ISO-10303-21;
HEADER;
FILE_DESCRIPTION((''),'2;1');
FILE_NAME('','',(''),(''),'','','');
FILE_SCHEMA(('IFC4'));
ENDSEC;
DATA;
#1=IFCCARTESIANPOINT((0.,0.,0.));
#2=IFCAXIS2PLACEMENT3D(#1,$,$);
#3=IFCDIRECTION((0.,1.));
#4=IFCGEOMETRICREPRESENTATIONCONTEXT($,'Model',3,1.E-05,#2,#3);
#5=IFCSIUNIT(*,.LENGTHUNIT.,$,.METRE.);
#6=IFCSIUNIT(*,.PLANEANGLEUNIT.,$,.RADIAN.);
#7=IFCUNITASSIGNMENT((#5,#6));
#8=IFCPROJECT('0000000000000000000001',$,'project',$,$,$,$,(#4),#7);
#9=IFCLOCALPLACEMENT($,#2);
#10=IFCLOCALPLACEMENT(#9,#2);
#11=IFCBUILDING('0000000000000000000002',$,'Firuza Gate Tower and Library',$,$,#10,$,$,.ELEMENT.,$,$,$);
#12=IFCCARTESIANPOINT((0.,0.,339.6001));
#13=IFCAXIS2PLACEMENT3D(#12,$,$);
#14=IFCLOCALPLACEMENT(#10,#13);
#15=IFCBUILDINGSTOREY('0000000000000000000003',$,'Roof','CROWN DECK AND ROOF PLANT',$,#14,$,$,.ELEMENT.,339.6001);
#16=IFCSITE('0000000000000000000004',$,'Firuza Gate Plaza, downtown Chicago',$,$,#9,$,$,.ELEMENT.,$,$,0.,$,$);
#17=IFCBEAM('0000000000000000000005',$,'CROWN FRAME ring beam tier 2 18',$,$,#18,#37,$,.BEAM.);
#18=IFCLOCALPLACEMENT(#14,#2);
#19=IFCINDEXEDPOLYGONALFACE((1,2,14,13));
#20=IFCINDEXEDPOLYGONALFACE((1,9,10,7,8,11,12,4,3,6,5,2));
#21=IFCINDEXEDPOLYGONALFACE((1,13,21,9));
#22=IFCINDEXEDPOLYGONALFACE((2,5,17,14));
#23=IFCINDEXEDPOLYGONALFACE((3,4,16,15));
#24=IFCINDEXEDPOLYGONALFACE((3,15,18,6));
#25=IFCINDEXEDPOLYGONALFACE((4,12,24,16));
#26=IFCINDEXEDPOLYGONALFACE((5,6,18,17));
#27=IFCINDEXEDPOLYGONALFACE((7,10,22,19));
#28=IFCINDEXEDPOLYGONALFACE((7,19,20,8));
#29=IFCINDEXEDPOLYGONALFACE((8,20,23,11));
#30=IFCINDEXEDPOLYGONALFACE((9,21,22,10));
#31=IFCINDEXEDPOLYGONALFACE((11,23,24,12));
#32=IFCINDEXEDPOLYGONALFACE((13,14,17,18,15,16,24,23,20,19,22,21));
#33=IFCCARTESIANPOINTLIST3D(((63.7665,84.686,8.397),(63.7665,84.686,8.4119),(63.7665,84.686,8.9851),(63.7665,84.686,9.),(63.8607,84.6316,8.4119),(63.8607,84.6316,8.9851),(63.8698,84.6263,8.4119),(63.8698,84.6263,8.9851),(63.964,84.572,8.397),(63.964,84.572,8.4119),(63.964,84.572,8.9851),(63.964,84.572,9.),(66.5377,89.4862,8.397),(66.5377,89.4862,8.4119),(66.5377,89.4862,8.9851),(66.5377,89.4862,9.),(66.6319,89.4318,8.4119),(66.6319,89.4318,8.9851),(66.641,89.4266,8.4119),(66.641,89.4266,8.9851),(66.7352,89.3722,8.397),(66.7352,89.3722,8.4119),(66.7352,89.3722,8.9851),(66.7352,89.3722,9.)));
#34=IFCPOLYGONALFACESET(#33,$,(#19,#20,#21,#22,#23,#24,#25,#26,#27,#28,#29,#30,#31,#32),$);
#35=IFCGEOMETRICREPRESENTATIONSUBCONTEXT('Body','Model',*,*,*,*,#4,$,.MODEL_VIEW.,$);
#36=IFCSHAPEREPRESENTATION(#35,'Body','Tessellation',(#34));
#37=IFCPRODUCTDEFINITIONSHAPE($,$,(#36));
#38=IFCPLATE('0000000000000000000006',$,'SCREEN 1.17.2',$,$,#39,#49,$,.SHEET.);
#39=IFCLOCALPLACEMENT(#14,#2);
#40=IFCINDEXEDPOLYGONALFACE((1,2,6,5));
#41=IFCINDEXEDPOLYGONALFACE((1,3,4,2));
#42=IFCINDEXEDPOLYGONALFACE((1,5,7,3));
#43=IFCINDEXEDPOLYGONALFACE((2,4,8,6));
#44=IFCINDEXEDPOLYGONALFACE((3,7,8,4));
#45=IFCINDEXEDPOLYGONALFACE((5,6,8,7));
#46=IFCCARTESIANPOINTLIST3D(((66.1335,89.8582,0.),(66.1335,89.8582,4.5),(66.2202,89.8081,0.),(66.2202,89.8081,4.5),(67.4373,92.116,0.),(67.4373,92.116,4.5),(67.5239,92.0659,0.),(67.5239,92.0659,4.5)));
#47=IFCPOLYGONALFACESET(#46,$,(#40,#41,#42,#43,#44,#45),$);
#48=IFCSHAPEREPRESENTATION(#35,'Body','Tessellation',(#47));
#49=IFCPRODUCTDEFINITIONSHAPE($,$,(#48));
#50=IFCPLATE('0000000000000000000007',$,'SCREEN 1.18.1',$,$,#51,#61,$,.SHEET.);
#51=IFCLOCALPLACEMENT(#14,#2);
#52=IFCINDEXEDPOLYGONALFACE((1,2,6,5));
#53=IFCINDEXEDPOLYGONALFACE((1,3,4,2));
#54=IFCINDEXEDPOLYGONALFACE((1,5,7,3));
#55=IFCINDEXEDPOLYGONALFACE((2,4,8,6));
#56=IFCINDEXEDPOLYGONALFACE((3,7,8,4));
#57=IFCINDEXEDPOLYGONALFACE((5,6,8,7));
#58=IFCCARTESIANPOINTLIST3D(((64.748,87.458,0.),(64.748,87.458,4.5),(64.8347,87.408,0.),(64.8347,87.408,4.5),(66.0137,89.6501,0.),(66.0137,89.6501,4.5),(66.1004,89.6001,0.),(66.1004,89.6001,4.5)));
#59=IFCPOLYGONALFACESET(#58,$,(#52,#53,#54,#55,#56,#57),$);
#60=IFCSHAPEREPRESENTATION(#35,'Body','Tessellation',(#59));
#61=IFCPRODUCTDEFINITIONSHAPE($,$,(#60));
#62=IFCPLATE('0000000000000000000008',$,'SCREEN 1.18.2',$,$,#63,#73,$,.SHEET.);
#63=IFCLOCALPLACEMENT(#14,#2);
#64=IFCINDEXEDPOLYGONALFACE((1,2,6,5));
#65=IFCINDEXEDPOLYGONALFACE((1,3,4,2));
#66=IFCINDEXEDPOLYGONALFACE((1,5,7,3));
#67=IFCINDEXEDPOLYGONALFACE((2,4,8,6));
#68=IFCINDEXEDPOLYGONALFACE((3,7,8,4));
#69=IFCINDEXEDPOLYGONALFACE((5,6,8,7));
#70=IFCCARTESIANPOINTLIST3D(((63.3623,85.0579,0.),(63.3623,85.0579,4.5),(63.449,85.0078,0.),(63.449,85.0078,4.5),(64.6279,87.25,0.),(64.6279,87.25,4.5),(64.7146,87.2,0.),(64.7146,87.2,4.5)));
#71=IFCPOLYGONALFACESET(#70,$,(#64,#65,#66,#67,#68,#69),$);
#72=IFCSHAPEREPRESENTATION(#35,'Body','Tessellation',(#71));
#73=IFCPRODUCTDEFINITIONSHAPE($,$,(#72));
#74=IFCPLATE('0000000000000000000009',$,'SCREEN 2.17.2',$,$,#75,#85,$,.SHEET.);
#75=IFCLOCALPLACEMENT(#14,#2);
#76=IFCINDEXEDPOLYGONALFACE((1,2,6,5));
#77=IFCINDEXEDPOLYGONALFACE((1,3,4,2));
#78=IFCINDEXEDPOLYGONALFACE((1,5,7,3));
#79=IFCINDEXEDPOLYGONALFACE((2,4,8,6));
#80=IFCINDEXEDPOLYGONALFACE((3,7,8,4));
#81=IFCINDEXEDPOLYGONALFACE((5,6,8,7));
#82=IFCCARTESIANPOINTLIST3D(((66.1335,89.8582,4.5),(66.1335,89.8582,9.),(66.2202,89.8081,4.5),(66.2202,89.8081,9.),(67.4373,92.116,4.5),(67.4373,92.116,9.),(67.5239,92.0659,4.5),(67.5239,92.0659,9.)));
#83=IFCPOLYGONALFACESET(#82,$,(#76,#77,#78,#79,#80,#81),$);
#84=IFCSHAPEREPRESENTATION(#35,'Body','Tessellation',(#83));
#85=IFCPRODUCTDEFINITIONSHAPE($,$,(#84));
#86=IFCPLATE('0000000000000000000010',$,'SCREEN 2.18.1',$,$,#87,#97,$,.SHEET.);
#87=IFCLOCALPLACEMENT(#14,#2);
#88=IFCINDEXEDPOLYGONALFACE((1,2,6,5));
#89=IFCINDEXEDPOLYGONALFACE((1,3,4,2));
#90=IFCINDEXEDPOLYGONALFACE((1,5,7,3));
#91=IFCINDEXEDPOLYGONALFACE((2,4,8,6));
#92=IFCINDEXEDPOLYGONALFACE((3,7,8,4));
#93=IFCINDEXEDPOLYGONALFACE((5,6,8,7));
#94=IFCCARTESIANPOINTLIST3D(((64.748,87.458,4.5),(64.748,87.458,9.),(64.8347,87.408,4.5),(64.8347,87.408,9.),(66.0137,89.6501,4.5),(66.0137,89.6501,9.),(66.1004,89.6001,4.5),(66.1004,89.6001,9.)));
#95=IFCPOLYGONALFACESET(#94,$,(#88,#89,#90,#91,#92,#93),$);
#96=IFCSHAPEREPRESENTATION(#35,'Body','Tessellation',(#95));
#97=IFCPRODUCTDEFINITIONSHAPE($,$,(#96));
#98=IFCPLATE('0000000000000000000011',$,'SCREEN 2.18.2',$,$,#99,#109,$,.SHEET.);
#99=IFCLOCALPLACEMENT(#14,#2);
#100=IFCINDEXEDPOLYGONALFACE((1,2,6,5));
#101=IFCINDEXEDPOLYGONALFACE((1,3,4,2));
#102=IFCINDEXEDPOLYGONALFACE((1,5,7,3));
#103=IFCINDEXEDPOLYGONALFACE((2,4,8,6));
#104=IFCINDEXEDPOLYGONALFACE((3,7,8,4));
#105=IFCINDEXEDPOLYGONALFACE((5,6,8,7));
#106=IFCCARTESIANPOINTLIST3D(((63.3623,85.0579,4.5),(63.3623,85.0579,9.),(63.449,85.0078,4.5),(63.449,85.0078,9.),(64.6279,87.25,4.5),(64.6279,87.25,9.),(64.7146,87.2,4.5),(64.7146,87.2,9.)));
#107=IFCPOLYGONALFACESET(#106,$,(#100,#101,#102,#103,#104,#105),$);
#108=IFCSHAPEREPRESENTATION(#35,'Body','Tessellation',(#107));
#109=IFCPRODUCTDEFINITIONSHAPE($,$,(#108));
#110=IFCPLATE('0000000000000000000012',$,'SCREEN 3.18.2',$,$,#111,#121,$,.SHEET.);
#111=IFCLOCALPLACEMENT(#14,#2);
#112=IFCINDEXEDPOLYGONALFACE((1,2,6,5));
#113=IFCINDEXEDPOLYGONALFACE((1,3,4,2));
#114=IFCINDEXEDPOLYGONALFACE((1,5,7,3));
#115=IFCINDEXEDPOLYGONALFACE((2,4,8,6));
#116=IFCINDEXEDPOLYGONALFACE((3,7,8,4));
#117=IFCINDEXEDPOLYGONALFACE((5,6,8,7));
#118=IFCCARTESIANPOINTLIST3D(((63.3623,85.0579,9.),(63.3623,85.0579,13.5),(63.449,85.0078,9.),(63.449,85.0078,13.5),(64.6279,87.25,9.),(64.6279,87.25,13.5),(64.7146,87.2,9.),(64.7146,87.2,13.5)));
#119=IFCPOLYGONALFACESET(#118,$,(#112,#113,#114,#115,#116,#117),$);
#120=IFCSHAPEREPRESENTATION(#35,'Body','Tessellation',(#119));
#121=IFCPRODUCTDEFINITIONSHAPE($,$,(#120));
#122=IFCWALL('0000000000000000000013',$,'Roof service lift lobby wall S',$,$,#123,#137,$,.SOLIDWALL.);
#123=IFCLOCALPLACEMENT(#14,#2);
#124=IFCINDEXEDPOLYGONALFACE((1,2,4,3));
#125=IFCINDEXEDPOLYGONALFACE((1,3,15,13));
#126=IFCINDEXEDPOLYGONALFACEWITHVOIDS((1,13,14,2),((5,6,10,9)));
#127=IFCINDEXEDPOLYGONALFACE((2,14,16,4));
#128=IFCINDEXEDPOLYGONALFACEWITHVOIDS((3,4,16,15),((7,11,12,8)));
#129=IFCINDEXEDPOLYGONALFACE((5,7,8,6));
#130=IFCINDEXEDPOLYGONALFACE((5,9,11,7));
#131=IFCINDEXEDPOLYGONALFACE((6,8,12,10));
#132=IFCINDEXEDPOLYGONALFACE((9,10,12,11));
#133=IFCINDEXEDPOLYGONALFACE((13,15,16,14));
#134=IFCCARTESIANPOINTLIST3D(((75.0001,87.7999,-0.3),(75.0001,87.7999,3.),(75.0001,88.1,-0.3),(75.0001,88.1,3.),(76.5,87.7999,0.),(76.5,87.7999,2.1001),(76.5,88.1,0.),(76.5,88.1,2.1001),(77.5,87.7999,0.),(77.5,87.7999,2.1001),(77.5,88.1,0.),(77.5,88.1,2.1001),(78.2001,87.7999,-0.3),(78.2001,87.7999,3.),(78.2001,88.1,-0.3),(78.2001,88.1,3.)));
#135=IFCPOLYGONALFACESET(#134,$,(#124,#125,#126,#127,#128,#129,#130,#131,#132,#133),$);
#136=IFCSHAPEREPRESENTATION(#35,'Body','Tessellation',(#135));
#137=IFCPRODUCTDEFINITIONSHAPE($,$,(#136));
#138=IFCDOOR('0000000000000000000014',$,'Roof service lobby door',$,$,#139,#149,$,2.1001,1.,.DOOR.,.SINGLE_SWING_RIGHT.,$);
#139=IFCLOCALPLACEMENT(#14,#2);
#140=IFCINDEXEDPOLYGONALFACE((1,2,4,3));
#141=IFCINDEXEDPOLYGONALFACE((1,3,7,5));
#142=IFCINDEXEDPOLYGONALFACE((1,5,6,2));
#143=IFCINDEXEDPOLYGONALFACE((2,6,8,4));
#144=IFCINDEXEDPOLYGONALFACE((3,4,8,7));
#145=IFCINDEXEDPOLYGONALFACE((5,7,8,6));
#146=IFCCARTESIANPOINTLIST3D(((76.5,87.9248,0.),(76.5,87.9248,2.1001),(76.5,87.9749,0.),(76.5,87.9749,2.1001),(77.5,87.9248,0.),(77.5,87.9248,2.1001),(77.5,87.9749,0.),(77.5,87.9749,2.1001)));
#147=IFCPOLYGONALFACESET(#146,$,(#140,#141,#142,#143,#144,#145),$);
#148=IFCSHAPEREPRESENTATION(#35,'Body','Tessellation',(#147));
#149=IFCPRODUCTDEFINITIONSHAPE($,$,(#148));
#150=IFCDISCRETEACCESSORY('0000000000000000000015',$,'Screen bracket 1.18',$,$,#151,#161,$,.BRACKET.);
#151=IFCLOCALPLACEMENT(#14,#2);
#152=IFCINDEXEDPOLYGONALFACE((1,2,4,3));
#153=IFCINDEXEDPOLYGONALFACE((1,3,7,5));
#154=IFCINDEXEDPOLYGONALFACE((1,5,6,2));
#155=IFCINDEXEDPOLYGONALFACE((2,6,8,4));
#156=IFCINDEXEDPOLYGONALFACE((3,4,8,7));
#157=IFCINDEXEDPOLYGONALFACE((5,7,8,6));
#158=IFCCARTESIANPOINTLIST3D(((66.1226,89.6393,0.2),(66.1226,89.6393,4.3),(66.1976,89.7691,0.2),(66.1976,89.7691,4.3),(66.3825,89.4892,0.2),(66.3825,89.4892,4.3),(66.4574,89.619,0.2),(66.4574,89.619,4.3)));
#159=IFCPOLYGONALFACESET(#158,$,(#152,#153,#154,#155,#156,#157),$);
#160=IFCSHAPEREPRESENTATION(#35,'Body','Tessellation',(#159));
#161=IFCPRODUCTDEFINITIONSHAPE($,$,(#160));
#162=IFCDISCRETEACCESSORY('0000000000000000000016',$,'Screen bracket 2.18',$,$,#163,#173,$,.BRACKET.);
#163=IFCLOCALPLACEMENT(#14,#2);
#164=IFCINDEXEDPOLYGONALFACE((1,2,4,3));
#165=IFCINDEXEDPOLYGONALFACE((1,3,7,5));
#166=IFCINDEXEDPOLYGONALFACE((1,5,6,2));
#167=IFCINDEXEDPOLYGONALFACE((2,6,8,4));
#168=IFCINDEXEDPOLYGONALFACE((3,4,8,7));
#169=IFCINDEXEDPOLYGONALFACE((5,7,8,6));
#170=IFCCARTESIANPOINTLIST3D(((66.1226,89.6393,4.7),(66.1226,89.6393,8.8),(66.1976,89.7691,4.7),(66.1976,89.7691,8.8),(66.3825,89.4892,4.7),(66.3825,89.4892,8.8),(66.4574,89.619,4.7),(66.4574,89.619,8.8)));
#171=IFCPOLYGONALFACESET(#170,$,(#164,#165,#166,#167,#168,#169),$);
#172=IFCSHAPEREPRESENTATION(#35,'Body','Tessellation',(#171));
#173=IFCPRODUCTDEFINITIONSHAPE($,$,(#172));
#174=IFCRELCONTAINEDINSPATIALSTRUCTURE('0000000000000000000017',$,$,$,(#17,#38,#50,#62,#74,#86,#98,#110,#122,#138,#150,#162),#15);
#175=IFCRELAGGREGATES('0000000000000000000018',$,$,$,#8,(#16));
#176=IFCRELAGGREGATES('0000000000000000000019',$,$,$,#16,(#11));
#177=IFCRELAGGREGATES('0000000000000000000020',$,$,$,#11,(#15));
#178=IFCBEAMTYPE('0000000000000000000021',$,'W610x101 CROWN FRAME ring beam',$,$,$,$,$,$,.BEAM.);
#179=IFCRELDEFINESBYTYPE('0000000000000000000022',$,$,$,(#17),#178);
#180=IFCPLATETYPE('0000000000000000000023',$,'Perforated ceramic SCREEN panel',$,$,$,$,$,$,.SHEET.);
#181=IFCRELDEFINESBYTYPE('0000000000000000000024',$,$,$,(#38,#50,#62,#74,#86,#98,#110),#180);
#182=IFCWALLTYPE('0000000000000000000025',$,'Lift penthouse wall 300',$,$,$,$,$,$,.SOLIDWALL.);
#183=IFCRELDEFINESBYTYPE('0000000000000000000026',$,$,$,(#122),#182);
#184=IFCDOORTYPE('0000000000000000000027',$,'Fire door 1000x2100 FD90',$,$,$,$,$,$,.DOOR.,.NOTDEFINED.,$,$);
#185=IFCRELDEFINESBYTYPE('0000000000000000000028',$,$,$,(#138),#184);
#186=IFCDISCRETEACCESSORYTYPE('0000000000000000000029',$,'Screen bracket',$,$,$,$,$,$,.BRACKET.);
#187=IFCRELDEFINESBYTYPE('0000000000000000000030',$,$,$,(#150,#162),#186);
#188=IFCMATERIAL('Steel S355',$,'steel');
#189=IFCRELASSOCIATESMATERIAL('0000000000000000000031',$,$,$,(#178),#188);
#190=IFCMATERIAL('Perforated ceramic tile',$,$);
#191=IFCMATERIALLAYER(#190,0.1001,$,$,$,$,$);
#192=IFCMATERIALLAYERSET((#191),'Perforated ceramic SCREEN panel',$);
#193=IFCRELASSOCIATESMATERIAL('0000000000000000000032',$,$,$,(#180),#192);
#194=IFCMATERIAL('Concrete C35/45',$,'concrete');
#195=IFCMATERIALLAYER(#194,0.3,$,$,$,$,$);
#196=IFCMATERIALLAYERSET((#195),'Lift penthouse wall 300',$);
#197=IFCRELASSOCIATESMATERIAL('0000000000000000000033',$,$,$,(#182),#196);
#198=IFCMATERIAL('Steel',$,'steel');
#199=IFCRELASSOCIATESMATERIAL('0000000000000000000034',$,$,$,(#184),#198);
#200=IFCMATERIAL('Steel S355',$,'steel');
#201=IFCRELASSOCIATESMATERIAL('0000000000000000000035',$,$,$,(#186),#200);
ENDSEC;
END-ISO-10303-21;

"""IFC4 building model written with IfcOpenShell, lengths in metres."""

from ifc_helpers import new_model, si_unit, direction, frame, frame_2d, origin, origin_2d, place, context, subcontext, project, spatial, polyline, rectangle, i_section, outline, extrude, material, layer, layer_set, material_profile, profile_set, type_object, element, fill, save


model = new_model("IFC4")

# Units and contexts
model_context = context("Model", 3, precision=1e-05, world=origin(), true_north=direction((0.0, 1.0)))
body_context = subcontext(model_context, "Body", "Model", "MODEL_VIEW")
ifc_project = project(units=[si_unit("LENGTHUNIT", "METRE"), si_unit("PLANEANGLEUNIT", "RADIAN")], contexts=[model_context])

# Site, building, storey
site_placement = place(None, origin())
site = spatial("IfcSite", under=ifc_project, at=site_placement, Name="Firuza Gate Plaza, downtown Chicago", CompositionType="ELEMENT", RefElevation=0.0)
building_placement = place(site_placement, origin())
building = spatial("IfcBuilding", under=site, at=building_placement, Name="Firuza Gate Tower and Library", CompositionType="ELEMENT")
storey_placement = place(building_placement, frame((0.0, 0.0, 339.6001)))
storey = spatial("IfcBuildingStorey", under=building, at=storey_placement, Name="Roof", Description="CROWN DECK AND ROOF PLANT", CompositionType="ELEMENT", Elevation=339.6001)

# Beam
ifc_material_1 = material(Name="Steel S355", Category="steel")
ifc_material_profile_1 = material_profile(ifc_material_1, i_section(OverallWidth=0.228, OverallDepth=0.603, WebThickness=0.0105, FlangeThickness=0.0149, at=origin_2d()))
ifc_profile_set_1 = profile_set([ifc_material_profile_1], Name="Steel S355")
beam_type = type_object("IfcBeamType", Name="W610x101 CROWN FRAME ring beam", PredefinedType="BEAM", material=ifc_profile_set_1)
for number, where, z_axis, x_axis, name in (
    (1, (66.6365, 89.4292, 8.6985), (-0.499972, -0.866042, 0.0), (0.866042, -0.499972, 0.0), "CROWN FRAME ring beam tier 2 18"),
):
    element("IfcBeam", number, at=place(storey_placement, frame(where, z_axis=z_axis, x_axis=x_axis)), inside=storey, type_object=beam_type, Name=name, PredefinedType="BEAM", context=body_context, shape_type="SweptSolid", body=[
        extrude(i_section(OverallWidth=0.228, OverallDepth=0.603, WebThickness=0.0105, FlangeThickness=0.0149, at=origin_2d()), origin(), (0.0, 0.0, 1.0), 5.5427),
    ])

# Plates
ifc_material_2 = material(Name="Perforated ceramic tile")
ifc_layer_1 = layer(ifc_material_2, 0.1001)
ifc_layer_set_1 = layer_set([ifc_layer_1], Name="Perforated ceramic SCREEN panel")
plate_type = type_object("IfcPlateType", Name="Perforated ceramic SCREEN panel", PredefinedType="SHEET", material=ifc_layer_set_1)
plate_1_placement = place(storey_placement, frame((67.4373, 92.116, 0.0), z_axis=(-0.865998, 0.500047, 0.0), x_axis=(-0.500047, -0.865998, 0.0)))
element("IfcPlate", 2, at=plate_1_placement, inside=storey, type_object=plate_type, Name="SCREEN 1.17.2", PredefinedType="SHEET", context=body_context, shape_type="SweptSolid", body=[
    extrude(outline(polyline([(0.0, 0.0), (2.6072, 0.0), (2.6072, 4.5), (0.0, 4.5), (0.0, 0.0)])), origin(), (0.0, 0.0, -1.0), 0.1001),
])
for number, where, z_axis, x_axis, name in (
    (3, (66.0137, 89.6501, 0.0), (-0.866027, 0.499998, 0.0), (-0.499998, -0.866027, 0.0), "SCREEN 1.18.1"),
    (4, (64.6279, 87.25, 0.0), (-0.866027, 0.499998, 0.0), (-0.499998, -0.866027, 0.0), "SCREEN 1.18.2"),
):
    element("IfcPlate", number, at=place(storey_placement, frame(where, z_axis=z_axis, x_axis=x_axis)), inside=storey, type_object=plate_type, Name=name, PredefinedType="SHEET", context=body_context, shape_type="SweptSolid", body=[
        extrude(outline(polyline([(0.0, 0.0), (2.5313, 0.0), (2.5313, 4.5), (0.0, 4.5), (0.0, 0.0)])), origin(), (0.0, 0.0, -1.0), 0.1001),
    ])
plate_2_placement = place(storey_placement, frame((67.4373, 92.116, 4.5), z_axis=(-0.865998, 0.500047, 0.0), x_axis=(-0.500047, -0.865998, 0.0)))
element("IfcPlate", 5, at=plate_2_placement, inside=storey, type_object=plate_type, Name="SCREEN 2.17.2", PredefinedType="SHEET", context=body_context, shape_type="SweptSolid", body=[
    extrude(outline(polyline([(0.0, 0.0), (2.6072, 0.0), (2.6072, 4.5), (0.0, 4.5), (0.0, 0.0)])), origin(), (0.0, 0.0, -1.0), 0.1001),
])
for number, where, z_axis, x_axis, name in (
    (6, (66.0137, 89.6501, 4.5), (-0.866027, 0.499998, 0.0), (-0.499998, -0.866027, 0.0), "SCREEN 2.18.1"),
    (7, (64.6279, 87.25, 4.5), (-0.866027, 0.499998, 0.0), (-0.499998, -0.866027, 0.0), "SCREEN 2.18.2"),
    (8, (64.6279, 87.25, 9.0), (-0.866027, 0.499998, 0.0), (-0.499998, -0.866027, 0.0), "SCREEN 3.18.2"),
):
    element("IfcPlate", number, at=place(storey_placement, frame(where, z_axis=z_axis, x_axis=x_axis)), inside=storey, type_object=plate_type, Name=name, PredefinedType="SHEET", context=body_context, shape_type="SweptSolid", body=[
        extrude(outline(polyline([(0.0, 0.0), (2.5313, 0.0), (2.5313, 4.5), (0.0, 4.5), (0.0, 0.0)])), origin(), (0.0, 0.0, -1.0), 0.1001),
    ])

# Wall, opening, door
ifc_material_3 = material(Name="Concrete C35/45", Category="concrete")
ifc_layer_2 = layer(ifc_material_3, 0.3)
ifc_layer_set_2 = layer_set([ifc_layer_2], Name="Lift penthouse wall 300")
wall_type = type_object("IfcWallType", Name="Lift penthouse wall 300", PredefinedType="SOLIDWALL", material=ifc_layer_set_2)
wall_placement = place(storey_placement, frame((75.0, 87.95, -0.3), z_axis=(0.0, 0.0, 1.0), x_axis=(1.0, 0.0, 0.0)))
wall = element("IfcWall", 9, at=wall_placement, inside=storey, type_object=wall_type, Name="Roof service lift lobby wall S", PredefinedType="SOLIDWALL", context=body_context, shape_type="SweptSolid", body=[
    extrude(rectangle(XDim=3.2, YDim=0.3, at=frame_2d((1.6001, 0.0))), origin(), (0.0, 0.0, 1.0), 3.3),
])
opening_placement = place(wall_placement, frame((1.5, 0.0, 0.3)))
opening = element("IfcOpeningElement", 10, at=opening_placement, cuts=wall, PredefinedType="OPENING", context=body_context, shape_type="SweptSolid", body=[
    extrude(rectangle(XDim=1.0, YDim=2.1001, at=frame_2d((0.5, 1.05))), frame((0.0, 0.1602, 0.0), z_axis=(0.0, -1.0, 0.0), x_axis=(1.0, 0.0, 0.0)), (0.0, 0.0, 1.0), 0.3201),
])
ifc_material_4 = material(Name="Steel", Category="steel")
door_type = type_object("IfcDoorType", Name="Fire door 1000x2100 FD90", OperationType="NOTDEFINED", PredefinedType="DOOR", material=ifc_material_4)
door_placement = place(opening_placement, origin())
door = element("IfcDoor", 11, at=door_placement, inside=storey, type_object=door_type, Name="Roof service lobby door", OperationType="SINGLE_SWING_RIGHT", OverallHeight=2.1001, OverallWidth=1.0, PredefinedType="DOOR", context=body_context, shape_type="SweptSolid", body=[
    extrude(rectangle(XDim=1.0, YDim=2.1001, at=frame_2d((0.5, 1.05))), frame((0.0, 0.0249, 0.0), z_axis=(0.0, -1.0, 0.0), x_axis=(1.0, 0.0, 0.0)), (0.0, 0.0, 1.0), 0.05),
])
fill(opening, door)

# Discrete accessories
ifc_material_5 = material(Name="Steel S355", Category="steel")
discrete_accessory_type = type_object("IfcDiscreteAccessoryType", Name="Screen bracket", PredefinedType="BRACKET", material=ifc_material_5)
for number, where, z_axis, x_axis, name in (
    (12, (66.29, 89.6292, 0.2), (0.0, 0.0, 1.0), (-0.866025, 0.5, 0.0), "Screen bracket 1.18"),
    (13, (66.29, 89.6292, 4.7), (0.0, 0.0, 1.0), (-0.866025, 0.5, 0.0), "Screen bracket 2.18"),
):
    element("IfcDiscreteAccessory", number, at=place(storey_placement, frame(where, z_axis=z_axis, x_axis=x_axis)), inside=storey, type_object=discrete_accessory_type, Name=name, PredefinedType="BRACKET", context=body_context, shape_type="SweptSolid", body=[
        extrude(rectangle(XDim=0.3, YDim=0.1499, at=origin_2d()), origin(), (0.0, 0.0, 1.0), 4.1001),
    ])

save(model, "model.ifc")
